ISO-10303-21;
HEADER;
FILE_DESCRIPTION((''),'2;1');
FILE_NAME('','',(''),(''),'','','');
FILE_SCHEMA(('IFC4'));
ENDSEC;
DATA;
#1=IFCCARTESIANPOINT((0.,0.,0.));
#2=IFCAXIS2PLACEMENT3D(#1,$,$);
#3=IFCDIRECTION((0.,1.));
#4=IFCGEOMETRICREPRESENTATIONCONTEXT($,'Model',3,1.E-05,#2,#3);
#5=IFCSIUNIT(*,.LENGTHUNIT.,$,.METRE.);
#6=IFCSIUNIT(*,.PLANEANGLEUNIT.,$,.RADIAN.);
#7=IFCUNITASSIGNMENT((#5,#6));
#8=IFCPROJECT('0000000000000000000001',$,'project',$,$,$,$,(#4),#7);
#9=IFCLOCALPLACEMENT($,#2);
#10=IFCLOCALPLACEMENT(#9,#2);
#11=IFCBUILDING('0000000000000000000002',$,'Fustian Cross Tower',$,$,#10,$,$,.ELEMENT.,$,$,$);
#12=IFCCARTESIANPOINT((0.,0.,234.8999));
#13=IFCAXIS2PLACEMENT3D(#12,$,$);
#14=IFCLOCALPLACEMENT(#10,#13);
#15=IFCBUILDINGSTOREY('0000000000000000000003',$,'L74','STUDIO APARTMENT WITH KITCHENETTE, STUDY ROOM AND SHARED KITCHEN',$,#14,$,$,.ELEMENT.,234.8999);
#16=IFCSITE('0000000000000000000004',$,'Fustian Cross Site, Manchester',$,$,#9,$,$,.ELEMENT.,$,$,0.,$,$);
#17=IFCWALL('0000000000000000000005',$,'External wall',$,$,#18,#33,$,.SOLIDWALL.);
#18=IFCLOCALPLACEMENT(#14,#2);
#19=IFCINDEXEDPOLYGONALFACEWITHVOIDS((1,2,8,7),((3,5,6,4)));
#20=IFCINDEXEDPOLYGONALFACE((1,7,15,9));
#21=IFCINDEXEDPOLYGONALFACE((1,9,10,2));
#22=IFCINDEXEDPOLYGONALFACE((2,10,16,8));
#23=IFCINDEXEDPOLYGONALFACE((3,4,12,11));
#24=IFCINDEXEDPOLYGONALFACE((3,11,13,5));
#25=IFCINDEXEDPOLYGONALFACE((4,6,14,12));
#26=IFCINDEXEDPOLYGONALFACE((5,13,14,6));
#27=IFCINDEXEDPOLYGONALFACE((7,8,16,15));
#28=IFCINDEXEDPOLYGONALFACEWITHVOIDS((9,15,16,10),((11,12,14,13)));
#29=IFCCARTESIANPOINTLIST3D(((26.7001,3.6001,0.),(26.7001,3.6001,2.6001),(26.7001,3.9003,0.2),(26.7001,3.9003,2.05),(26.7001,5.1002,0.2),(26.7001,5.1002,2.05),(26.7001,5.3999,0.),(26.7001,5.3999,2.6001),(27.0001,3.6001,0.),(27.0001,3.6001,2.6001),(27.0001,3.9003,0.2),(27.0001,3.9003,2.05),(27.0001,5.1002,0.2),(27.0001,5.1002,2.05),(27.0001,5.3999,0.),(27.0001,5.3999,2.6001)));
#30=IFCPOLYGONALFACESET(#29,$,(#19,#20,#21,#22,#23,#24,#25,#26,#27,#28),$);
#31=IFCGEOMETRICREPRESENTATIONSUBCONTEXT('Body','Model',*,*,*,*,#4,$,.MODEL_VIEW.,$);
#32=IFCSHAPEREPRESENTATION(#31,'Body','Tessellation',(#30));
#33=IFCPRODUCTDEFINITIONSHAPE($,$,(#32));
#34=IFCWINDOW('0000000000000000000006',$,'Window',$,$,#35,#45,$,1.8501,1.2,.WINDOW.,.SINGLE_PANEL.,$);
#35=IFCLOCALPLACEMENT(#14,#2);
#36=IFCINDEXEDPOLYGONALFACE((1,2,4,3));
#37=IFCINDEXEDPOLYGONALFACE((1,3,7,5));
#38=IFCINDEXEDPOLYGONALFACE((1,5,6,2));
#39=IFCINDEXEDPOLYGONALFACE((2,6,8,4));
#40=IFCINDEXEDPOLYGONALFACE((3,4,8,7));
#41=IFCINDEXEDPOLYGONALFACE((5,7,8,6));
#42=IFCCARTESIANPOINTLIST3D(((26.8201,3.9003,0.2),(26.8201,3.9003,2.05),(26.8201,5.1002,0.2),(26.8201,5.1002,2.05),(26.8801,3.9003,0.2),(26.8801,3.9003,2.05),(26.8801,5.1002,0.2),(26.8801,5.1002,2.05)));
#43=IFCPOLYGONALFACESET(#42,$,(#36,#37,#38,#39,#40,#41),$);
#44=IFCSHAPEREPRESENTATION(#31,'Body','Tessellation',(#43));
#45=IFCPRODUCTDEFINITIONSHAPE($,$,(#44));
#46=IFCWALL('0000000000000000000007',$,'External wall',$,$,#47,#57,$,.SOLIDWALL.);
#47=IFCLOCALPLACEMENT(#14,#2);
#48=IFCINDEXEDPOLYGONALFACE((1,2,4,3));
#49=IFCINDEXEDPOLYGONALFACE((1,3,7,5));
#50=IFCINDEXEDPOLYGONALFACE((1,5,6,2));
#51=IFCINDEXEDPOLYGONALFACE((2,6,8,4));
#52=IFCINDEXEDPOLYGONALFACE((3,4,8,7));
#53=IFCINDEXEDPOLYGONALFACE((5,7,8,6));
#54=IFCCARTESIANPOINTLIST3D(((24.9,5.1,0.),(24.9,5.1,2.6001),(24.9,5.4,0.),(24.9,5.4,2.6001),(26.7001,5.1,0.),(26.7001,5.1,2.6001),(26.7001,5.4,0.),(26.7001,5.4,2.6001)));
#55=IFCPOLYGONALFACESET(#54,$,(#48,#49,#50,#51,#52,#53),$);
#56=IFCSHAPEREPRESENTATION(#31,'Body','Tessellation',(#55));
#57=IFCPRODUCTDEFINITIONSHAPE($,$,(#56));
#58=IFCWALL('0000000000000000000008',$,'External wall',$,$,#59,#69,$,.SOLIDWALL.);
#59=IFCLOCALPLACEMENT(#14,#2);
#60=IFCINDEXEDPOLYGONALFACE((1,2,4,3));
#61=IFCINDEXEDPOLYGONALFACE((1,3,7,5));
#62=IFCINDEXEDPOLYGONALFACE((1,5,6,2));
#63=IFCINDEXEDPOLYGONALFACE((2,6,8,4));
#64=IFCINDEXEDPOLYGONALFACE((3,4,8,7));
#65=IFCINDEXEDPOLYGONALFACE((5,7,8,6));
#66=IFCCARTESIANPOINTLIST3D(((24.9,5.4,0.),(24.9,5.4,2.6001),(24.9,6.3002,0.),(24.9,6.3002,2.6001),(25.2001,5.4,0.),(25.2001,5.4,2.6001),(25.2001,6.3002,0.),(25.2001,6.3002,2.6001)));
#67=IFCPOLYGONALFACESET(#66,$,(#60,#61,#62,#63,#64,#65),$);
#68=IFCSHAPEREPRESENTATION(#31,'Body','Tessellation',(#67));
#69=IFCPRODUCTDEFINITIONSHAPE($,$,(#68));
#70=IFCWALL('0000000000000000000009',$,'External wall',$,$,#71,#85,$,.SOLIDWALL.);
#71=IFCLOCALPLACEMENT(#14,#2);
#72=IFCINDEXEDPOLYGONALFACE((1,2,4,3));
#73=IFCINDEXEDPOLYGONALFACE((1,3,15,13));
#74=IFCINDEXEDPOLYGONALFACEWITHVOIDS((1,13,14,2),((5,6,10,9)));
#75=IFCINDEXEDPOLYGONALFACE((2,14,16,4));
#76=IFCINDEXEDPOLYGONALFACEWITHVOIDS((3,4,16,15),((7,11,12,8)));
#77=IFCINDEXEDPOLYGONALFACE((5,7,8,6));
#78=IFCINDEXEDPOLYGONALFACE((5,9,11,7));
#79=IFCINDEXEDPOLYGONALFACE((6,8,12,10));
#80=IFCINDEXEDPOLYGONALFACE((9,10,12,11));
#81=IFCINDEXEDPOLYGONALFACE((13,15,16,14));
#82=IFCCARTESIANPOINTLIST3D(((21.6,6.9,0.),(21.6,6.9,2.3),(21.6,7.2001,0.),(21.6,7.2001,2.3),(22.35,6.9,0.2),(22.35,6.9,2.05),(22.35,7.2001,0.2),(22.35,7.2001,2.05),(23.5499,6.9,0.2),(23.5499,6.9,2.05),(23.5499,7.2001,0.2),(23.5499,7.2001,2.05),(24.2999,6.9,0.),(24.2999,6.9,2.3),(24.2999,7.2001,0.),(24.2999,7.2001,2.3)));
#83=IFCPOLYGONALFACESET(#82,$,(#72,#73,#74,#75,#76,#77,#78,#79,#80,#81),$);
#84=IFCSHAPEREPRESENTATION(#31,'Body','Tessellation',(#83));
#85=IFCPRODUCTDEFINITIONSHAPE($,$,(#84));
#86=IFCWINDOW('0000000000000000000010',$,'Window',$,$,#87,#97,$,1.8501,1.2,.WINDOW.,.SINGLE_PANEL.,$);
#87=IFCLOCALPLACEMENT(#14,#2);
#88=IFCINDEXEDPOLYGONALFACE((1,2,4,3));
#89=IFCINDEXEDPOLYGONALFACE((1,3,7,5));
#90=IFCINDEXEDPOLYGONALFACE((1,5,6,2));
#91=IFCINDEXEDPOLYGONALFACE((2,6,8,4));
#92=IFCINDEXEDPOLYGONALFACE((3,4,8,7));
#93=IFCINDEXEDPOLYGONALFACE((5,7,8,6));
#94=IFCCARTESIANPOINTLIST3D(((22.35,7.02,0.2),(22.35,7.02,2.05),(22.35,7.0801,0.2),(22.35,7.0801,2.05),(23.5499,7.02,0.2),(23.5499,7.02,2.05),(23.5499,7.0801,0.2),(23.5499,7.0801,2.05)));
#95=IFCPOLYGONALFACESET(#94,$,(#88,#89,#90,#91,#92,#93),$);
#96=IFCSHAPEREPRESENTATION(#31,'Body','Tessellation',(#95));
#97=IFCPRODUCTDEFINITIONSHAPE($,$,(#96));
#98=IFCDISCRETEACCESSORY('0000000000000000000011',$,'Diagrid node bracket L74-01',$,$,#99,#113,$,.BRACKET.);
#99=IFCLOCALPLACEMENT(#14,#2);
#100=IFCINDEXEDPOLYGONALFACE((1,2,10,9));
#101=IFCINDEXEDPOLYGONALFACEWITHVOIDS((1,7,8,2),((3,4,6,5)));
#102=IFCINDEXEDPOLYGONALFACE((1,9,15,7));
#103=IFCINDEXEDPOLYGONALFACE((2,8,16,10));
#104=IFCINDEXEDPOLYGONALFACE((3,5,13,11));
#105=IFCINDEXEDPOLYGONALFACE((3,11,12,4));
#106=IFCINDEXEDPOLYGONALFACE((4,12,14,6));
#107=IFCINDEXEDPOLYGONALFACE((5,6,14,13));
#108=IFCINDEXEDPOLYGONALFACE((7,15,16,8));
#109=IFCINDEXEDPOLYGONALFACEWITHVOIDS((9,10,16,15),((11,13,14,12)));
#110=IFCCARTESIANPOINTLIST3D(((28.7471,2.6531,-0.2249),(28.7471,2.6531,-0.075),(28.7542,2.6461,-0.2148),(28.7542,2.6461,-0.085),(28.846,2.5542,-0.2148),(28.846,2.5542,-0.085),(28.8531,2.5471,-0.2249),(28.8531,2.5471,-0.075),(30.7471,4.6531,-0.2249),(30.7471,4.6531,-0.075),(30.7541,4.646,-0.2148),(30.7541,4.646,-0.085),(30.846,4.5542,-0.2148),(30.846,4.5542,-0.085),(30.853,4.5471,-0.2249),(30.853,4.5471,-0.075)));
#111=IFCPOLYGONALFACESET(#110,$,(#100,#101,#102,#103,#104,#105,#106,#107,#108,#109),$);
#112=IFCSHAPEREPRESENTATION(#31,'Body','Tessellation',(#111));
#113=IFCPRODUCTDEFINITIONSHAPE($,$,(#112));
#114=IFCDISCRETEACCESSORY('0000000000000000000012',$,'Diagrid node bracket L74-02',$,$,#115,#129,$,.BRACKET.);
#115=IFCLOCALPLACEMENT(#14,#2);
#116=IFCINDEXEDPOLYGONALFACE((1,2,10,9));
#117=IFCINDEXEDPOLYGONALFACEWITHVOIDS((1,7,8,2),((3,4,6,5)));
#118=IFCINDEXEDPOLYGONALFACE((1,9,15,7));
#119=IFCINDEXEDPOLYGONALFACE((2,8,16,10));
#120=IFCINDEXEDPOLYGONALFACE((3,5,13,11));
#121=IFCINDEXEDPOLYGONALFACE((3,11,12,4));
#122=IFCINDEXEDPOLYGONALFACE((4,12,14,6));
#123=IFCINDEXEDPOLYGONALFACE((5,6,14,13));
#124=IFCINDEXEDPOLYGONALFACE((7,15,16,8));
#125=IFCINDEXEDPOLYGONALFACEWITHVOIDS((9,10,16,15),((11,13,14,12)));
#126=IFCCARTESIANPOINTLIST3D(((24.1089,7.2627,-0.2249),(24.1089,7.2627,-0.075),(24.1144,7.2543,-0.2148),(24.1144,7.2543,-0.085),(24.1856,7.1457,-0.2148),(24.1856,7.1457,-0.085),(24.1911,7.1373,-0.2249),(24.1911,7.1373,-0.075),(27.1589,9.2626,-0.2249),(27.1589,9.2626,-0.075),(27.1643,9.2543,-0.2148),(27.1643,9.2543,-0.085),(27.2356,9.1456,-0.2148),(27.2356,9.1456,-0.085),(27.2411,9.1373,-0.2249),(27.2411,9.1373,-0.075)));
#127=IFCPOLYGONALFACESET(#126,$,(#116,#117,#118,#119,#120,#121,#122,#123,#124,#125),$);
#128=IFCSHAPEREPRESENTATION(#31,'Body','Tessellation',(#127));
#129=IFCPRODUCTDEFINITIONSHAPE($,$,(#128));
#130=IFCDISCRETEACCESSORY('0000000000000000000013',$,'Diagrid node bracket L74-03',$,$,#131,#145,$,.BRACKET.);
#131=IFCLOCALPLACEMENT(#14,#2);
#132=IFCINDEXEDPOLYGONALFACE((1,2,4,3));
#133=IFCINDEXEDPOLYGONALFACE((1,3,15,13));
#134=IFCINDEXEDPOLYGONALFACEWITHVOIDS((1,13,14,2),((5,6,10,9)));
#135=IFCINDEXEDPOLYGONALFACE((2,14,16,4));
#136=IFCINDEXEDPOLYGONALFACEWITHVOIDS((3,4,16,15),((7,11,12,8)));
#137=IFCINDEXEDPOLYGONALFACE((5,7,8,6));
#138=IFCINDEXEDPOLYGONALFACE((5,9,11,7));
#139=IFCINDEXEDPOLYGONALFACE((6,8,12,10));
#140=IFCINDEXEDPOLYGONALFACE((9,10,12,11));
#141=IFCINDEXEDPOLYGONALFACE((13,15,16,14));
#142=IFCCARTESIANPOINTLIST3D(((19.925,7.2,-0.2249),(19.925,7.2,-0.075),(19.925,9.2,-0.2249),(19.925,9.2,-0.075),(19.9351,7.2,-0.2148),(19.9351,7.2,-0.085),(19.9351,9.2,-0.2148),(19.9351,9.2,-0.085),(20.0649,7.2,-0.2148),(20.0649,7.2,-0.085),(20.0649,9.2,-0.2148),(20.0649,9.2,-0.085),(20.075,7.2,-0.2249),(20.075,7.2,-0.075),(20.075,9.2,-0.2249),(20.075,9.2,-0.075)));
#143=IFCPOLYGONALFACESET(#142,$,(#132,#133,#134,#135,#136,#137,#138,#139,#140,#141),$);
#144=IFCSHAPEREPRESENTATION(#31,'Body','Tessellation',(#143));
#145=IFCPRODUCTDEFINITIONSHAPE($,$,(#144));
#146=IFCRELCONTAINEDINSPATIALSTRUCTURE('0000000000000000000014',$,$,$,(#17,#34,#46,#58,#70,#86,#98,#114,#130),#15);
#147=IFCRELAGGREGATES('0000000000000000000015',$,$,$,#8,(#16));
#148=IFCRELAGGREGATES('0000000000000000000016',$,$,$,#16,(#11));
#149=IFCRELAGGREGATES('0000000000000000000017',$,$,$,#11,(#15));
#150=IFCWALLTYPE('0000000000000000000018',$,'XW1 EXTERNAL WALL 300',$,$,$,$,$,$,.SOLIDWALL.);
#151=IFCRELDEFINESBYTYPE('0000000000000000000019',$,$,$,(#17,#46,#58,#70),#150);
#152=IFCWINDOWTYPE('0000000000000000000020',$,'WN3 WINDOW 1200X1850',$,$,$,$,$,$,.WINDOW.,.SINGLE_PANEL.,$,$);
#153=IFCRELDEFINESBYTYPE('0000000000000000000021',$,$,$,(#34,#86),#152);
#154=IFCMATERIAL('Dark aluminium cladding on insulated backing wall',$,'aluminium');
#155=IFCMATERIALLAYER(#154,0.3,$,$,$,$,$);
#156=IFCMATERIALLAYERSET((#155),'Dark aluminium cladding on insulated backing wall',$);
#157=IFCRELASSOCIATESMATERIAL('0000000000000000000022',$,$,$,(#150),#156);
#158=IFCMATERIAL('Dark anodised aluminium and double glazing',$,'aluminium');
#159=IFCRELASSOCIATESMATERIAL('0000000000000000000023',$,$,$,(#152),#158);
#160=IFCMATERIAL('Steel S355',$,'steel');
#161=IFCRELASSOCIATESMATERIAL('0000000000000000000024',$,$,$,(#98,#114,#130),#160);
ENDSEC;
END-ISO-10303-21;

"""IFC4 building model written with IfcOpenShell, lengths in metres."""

from ifc_helpers import new_model, si_unit, direction, frame, frame_2d, origin, origin_2d, place, context, subcontext, project, spatial, rectangle, hollow_rectangle, extrude, material, layer, layer_set, type_object, element, fill, save


model = new_model("IFC4")

# Units and contexts
model_context = context("Model", 3, precision=1e-05, world=origin(), true_north=direction((0.0, 1.0)))
body_context = subcontext(model_context, "Body", "Model", "MODEL_VIEW")
ifc_project = project(units=[si_unit("LENGTHUNIT", "METRE"), si_unit("PLANEANGLEUNIT", "RADIAN")], contexts=[model_context])

# Site, building, storey
site_placement = place(None, origin())
site = spatial("IfcSite", under=ifc_project, at=site_placement, Name="Fustian Cross Site, Manchester", CompositionType="ELEMENT", RefElevation=0.0)
building_placement = place(site_placement, origin())
building = spatial("IfcBuilding", under=site, at=building_placement, Name="Fustian Cross Tower", CompositionType="ELEMENT")
storey_placement = place(building_placement, frame((0.0, 0.0, 234.8999)))
storey = spatial("IfcBuildingStorey", under=building, at=storey_placement, Name="L74", Description="STUDIO APARTMENT WITH KITCHENETTE, STUDY ROOM AND SHARED KITCHEN", CompositionType="ELEMENT", Elevation=234.8999)

# Shared definitions
ifc_material_1 = material(Name="Dark aluminium cladding on insulated backing wall", Category="aluminium")
ifc_layer_1 = layer(ifc_material_1, 0.3)
ifc_layer_set_1 = layer_set([ifc_layer_1], Name="Dark aluminium cladding on insulated backing wall")
wall_type_1 = type_object("IfcWallType", Name="XW1 EXTERNAL WALL 300", PredefinedType="SOLIDWALL", material=ifc_layer_set_1)

# Wall, opening, window
wall_1_placement = place(storey_placement, frame((26.8501, 3.6001, 0.0), z_axis=(0.0, 0.0, 1.0), x_axis=(0.0, 1.0, 0.0)))
wall_1 = element("IfcWall", 1, at=wall_1_placement, inside=storey, type_object=wall_type_1, Name="External wall", PredefinedType="SOLIDWALL", context=body_context, shape_type="SweptSolid", body=[
    extrude(rectangle(XDim=1.7998, YDim=0.3, at=frame_2d((0.8999, 0.0))), origin(), (0.0, 0.0, 1.0), 2.6001),
])
opening_1_placement = place(wall_1_placement, frame((0.3, 0.0, 0.2)))
opening_1 = element("IfcOpeningElement", 2, at=opening_1_placement, cuts=wall_1, PredefinedType="OPENING", context=body_context, shape_type="SweptSolid", body=[
    extrude(rectangle(XDim=1.2, YDim=1.8501, at=frame_2d((0.6001, 0.925))), frame((0.0, 0.1599, 0.0), z_axis=(0.0, -1.0, 0.0), x_axis=(1.0, 0.0, 0.0)), (0.0, 0.0, 1.0), 0.3201),
])
ifc_material_2 = material(Name="Dark anodised aluminium and double glazing", Category="aluminium")
window_type = type_object("IfcWindowType", Name="WN3 WINDOW 1200X1850", PartitioningType="SINGLE_PANEL", PredefinedType="WINDOW", material=ifc_material_2)
window_1_placement = place(opening_1_placement, origin())
window_1 = element("IfcWindow", 3, at=window_1_placement, inside=storey, type_object=window_type, Name="Window", OverallHeight=1.8501, OverallWidth=1.2, PartitioningType="SINGLE_PANEL", PredefinedType="WINDOW", context=body_context, shape_type="SweptSolid", body=[
    extrude(rectangle(XDim=1.2, YDim=1.8501, at=frame_2d((0.6001, 0.925))), frame((0.0, 0.03, 0.0), z_axis=(0.0, -1.0, 0.0), x_axis=(1.0, 0.0, 0.0)), (0.0, 0.0, 1.0), 0.0601),
])
fill(opening_1, window_1)

# Walls
wall_2_placement = place(storey_placement, frame((26.7, 5.25, 0.0), z_axis=(0.0, 0.0, 1.0), x_axis=(-1.0, 0.0, 0.0)))
element("IfcWall", 4, at=wall_2_placement, inside=storey, type_object=wall_type_1, Name="External wall", PredefinedType="SOLIDWALL", context=body_context, shape_type="SweptSolid", body=[
    extrude(rectangle(XDim=1.8, YDim=0.3, at=frame_2d((0.8999, 0.0))), origin(), (0.0, 0.0, 1.0), 2.6001),
])
wall_3_placement = place(storey_placement, frame((25.05, 5.3999, 0.0), z_axis=(0.0, 0.0, 1.0), x_axis=(0.0, 1.0, 0.0)))
element("IfcWall", 5, at=wall_3_placement, inside=storey, type_object=wall_type_1, Name="External wall", PredefinedType="SOLIDWALL", context=body_context, shape_type="SweptSolid", body=[
    extrude(rectangle(XDim=0.9001, YDim=0.3, at=frame_2d((0.4502, 0.0))), origin(), (0.0, 0.0, 1.0), 2.6001),
])

# Wall, opening, window
wall_4_placement = place(storey_placement, frame((24.3, 7.05, 0.0), z_axis=(0.0, 0.0, 1.0), x_axis=(-1.0, 0.0, 0.0)))
wall_4 = element("IfcWall", 6, at=wall_4_placement, inside=storey, type_object=wall_type_1, Name="External wall", PredefinedType="SOLIDWALL", context=body_context, shape_type="SweptSolid", body=[
    extrude(rectangle(XDim=2.7, YDim=0.3, at=frame_2d((1.3501, 0.0))), origin(), (0.0, 0.0, 1.0), 2.3),
])
opening_2_placement = place(wall_4_placement, frame((0.75, 0.0, 0.2)))
opening_2 = element("IfcOpeningElement", 7, at=opening_2_placement, cuts=wall_4, PredefinedType="OPENING", context=body_context, shape_type="SweptSolid", body=[
    extrude(rectangle(XDim=1.2, YDim=1.8501, at=frame_2d((0.6001, 0.925))), frame((0.0, 0.1599, 0.0), z_axis=(0.0, -1.0, 0.0), x_axis=(1.0, 0.0, 0.0)), (0.0, 0.0, 1.0), 0.3201),
])
window_2_placement = place(opening_2_placement, origin())
window_2 = element("IfcWindow", 8, at=window_2_placement, inside=storey, type_object=window_type, Name="Window", OverallHeight=1.8501, OverallWidth=1.2, PartitioningType="SINGLE_PANEL", PredefinedType="WINDOW", context=body_context, shape_type="SweptSolid", body=[
    extrude(rectangle(XDim=1.2, YDim=1.8501, at=frame_2d((0.6001, 0.925))), frame((0.0, 0.03, 0.0), z_axis=(0.0, -1.0, 0.0), x_axis=(1.0, 0.0, 0.0)), (0.0, 0.0, 1.0), 0.0601),
])
fill(opening_2, window_2)

# Discrete accessories
ifc_material_3 = material(Name="Steel S355", Category="steel")
discrete_accessory_1_placement = place(storey_placement, frame((30.8, 4.6001, -0.1499), z_axis=(-0.707107, -0.707107, 0.0), x_axis=(0.707107, -0.707107, 0.0)))
element("IfcDiscreteAccessory", 9, at=discrete_accessory_1_placement, inside=storey, material=ifc_material_3, Name="Diagrid node bracket L74-01", PredefinedType="BRACKET", context=body_context, shape_type="SweptSolid", body=[
    extrude(hollow_rectangle(XDim=0.1499, YDim=0.1499, WallThickness=0.01, at=origin_2d()), origin(), (0.0, 0.0, 1.0), 2.8284),
])
discrete_accessory_2_placement = place(storey_placement, frame((27.2, 9.2, -0.1499), z_axis=(-0.836248, -0.548351, 0.0), x_axis=(0.548351, -0.836248, 0.0)))
element("IfcDiscreteAccessory", 10, at=discrete_accessory_2_placement, inside=storey, material=ifc_material_3, Name="Diagrid node bracket L74-02", PredefinedType="BRACKET", context=body_context, shape_type="SweptSolid", body=[
    extrude(hollow_rectangle(XDim=0.1499, YDim=0.1499, WallThickness=0.01, at=origin_2d()), origin(), (0.0, 0.0, 1.0), 3.6472),
])
discrete_accessory_3_placement = place(storey_placement, frame((20.0, 9.2, -0.1499), z_axis=(0.0, -1.0, 0.0), x_axis=(1.0, 0.0, 0.0)))
element("IfcDiscreteAccessory", 11, at=discrete_accessory_3_placement, inside=storey, material=ifc_material_3, Name="Diagrid node bracket L74-03", PredefinedType="BRACKET", context=body_context, shape_type="SweptSolid", body=[
    extrude(hollow_rectangle(XDim=0.1499, YDim=0.1499, WallThickness=0.01, at=origin_2d()), origin(), (0.0, 0.0, 1.0), 2.0),
])

save(model, "model.ifc")
